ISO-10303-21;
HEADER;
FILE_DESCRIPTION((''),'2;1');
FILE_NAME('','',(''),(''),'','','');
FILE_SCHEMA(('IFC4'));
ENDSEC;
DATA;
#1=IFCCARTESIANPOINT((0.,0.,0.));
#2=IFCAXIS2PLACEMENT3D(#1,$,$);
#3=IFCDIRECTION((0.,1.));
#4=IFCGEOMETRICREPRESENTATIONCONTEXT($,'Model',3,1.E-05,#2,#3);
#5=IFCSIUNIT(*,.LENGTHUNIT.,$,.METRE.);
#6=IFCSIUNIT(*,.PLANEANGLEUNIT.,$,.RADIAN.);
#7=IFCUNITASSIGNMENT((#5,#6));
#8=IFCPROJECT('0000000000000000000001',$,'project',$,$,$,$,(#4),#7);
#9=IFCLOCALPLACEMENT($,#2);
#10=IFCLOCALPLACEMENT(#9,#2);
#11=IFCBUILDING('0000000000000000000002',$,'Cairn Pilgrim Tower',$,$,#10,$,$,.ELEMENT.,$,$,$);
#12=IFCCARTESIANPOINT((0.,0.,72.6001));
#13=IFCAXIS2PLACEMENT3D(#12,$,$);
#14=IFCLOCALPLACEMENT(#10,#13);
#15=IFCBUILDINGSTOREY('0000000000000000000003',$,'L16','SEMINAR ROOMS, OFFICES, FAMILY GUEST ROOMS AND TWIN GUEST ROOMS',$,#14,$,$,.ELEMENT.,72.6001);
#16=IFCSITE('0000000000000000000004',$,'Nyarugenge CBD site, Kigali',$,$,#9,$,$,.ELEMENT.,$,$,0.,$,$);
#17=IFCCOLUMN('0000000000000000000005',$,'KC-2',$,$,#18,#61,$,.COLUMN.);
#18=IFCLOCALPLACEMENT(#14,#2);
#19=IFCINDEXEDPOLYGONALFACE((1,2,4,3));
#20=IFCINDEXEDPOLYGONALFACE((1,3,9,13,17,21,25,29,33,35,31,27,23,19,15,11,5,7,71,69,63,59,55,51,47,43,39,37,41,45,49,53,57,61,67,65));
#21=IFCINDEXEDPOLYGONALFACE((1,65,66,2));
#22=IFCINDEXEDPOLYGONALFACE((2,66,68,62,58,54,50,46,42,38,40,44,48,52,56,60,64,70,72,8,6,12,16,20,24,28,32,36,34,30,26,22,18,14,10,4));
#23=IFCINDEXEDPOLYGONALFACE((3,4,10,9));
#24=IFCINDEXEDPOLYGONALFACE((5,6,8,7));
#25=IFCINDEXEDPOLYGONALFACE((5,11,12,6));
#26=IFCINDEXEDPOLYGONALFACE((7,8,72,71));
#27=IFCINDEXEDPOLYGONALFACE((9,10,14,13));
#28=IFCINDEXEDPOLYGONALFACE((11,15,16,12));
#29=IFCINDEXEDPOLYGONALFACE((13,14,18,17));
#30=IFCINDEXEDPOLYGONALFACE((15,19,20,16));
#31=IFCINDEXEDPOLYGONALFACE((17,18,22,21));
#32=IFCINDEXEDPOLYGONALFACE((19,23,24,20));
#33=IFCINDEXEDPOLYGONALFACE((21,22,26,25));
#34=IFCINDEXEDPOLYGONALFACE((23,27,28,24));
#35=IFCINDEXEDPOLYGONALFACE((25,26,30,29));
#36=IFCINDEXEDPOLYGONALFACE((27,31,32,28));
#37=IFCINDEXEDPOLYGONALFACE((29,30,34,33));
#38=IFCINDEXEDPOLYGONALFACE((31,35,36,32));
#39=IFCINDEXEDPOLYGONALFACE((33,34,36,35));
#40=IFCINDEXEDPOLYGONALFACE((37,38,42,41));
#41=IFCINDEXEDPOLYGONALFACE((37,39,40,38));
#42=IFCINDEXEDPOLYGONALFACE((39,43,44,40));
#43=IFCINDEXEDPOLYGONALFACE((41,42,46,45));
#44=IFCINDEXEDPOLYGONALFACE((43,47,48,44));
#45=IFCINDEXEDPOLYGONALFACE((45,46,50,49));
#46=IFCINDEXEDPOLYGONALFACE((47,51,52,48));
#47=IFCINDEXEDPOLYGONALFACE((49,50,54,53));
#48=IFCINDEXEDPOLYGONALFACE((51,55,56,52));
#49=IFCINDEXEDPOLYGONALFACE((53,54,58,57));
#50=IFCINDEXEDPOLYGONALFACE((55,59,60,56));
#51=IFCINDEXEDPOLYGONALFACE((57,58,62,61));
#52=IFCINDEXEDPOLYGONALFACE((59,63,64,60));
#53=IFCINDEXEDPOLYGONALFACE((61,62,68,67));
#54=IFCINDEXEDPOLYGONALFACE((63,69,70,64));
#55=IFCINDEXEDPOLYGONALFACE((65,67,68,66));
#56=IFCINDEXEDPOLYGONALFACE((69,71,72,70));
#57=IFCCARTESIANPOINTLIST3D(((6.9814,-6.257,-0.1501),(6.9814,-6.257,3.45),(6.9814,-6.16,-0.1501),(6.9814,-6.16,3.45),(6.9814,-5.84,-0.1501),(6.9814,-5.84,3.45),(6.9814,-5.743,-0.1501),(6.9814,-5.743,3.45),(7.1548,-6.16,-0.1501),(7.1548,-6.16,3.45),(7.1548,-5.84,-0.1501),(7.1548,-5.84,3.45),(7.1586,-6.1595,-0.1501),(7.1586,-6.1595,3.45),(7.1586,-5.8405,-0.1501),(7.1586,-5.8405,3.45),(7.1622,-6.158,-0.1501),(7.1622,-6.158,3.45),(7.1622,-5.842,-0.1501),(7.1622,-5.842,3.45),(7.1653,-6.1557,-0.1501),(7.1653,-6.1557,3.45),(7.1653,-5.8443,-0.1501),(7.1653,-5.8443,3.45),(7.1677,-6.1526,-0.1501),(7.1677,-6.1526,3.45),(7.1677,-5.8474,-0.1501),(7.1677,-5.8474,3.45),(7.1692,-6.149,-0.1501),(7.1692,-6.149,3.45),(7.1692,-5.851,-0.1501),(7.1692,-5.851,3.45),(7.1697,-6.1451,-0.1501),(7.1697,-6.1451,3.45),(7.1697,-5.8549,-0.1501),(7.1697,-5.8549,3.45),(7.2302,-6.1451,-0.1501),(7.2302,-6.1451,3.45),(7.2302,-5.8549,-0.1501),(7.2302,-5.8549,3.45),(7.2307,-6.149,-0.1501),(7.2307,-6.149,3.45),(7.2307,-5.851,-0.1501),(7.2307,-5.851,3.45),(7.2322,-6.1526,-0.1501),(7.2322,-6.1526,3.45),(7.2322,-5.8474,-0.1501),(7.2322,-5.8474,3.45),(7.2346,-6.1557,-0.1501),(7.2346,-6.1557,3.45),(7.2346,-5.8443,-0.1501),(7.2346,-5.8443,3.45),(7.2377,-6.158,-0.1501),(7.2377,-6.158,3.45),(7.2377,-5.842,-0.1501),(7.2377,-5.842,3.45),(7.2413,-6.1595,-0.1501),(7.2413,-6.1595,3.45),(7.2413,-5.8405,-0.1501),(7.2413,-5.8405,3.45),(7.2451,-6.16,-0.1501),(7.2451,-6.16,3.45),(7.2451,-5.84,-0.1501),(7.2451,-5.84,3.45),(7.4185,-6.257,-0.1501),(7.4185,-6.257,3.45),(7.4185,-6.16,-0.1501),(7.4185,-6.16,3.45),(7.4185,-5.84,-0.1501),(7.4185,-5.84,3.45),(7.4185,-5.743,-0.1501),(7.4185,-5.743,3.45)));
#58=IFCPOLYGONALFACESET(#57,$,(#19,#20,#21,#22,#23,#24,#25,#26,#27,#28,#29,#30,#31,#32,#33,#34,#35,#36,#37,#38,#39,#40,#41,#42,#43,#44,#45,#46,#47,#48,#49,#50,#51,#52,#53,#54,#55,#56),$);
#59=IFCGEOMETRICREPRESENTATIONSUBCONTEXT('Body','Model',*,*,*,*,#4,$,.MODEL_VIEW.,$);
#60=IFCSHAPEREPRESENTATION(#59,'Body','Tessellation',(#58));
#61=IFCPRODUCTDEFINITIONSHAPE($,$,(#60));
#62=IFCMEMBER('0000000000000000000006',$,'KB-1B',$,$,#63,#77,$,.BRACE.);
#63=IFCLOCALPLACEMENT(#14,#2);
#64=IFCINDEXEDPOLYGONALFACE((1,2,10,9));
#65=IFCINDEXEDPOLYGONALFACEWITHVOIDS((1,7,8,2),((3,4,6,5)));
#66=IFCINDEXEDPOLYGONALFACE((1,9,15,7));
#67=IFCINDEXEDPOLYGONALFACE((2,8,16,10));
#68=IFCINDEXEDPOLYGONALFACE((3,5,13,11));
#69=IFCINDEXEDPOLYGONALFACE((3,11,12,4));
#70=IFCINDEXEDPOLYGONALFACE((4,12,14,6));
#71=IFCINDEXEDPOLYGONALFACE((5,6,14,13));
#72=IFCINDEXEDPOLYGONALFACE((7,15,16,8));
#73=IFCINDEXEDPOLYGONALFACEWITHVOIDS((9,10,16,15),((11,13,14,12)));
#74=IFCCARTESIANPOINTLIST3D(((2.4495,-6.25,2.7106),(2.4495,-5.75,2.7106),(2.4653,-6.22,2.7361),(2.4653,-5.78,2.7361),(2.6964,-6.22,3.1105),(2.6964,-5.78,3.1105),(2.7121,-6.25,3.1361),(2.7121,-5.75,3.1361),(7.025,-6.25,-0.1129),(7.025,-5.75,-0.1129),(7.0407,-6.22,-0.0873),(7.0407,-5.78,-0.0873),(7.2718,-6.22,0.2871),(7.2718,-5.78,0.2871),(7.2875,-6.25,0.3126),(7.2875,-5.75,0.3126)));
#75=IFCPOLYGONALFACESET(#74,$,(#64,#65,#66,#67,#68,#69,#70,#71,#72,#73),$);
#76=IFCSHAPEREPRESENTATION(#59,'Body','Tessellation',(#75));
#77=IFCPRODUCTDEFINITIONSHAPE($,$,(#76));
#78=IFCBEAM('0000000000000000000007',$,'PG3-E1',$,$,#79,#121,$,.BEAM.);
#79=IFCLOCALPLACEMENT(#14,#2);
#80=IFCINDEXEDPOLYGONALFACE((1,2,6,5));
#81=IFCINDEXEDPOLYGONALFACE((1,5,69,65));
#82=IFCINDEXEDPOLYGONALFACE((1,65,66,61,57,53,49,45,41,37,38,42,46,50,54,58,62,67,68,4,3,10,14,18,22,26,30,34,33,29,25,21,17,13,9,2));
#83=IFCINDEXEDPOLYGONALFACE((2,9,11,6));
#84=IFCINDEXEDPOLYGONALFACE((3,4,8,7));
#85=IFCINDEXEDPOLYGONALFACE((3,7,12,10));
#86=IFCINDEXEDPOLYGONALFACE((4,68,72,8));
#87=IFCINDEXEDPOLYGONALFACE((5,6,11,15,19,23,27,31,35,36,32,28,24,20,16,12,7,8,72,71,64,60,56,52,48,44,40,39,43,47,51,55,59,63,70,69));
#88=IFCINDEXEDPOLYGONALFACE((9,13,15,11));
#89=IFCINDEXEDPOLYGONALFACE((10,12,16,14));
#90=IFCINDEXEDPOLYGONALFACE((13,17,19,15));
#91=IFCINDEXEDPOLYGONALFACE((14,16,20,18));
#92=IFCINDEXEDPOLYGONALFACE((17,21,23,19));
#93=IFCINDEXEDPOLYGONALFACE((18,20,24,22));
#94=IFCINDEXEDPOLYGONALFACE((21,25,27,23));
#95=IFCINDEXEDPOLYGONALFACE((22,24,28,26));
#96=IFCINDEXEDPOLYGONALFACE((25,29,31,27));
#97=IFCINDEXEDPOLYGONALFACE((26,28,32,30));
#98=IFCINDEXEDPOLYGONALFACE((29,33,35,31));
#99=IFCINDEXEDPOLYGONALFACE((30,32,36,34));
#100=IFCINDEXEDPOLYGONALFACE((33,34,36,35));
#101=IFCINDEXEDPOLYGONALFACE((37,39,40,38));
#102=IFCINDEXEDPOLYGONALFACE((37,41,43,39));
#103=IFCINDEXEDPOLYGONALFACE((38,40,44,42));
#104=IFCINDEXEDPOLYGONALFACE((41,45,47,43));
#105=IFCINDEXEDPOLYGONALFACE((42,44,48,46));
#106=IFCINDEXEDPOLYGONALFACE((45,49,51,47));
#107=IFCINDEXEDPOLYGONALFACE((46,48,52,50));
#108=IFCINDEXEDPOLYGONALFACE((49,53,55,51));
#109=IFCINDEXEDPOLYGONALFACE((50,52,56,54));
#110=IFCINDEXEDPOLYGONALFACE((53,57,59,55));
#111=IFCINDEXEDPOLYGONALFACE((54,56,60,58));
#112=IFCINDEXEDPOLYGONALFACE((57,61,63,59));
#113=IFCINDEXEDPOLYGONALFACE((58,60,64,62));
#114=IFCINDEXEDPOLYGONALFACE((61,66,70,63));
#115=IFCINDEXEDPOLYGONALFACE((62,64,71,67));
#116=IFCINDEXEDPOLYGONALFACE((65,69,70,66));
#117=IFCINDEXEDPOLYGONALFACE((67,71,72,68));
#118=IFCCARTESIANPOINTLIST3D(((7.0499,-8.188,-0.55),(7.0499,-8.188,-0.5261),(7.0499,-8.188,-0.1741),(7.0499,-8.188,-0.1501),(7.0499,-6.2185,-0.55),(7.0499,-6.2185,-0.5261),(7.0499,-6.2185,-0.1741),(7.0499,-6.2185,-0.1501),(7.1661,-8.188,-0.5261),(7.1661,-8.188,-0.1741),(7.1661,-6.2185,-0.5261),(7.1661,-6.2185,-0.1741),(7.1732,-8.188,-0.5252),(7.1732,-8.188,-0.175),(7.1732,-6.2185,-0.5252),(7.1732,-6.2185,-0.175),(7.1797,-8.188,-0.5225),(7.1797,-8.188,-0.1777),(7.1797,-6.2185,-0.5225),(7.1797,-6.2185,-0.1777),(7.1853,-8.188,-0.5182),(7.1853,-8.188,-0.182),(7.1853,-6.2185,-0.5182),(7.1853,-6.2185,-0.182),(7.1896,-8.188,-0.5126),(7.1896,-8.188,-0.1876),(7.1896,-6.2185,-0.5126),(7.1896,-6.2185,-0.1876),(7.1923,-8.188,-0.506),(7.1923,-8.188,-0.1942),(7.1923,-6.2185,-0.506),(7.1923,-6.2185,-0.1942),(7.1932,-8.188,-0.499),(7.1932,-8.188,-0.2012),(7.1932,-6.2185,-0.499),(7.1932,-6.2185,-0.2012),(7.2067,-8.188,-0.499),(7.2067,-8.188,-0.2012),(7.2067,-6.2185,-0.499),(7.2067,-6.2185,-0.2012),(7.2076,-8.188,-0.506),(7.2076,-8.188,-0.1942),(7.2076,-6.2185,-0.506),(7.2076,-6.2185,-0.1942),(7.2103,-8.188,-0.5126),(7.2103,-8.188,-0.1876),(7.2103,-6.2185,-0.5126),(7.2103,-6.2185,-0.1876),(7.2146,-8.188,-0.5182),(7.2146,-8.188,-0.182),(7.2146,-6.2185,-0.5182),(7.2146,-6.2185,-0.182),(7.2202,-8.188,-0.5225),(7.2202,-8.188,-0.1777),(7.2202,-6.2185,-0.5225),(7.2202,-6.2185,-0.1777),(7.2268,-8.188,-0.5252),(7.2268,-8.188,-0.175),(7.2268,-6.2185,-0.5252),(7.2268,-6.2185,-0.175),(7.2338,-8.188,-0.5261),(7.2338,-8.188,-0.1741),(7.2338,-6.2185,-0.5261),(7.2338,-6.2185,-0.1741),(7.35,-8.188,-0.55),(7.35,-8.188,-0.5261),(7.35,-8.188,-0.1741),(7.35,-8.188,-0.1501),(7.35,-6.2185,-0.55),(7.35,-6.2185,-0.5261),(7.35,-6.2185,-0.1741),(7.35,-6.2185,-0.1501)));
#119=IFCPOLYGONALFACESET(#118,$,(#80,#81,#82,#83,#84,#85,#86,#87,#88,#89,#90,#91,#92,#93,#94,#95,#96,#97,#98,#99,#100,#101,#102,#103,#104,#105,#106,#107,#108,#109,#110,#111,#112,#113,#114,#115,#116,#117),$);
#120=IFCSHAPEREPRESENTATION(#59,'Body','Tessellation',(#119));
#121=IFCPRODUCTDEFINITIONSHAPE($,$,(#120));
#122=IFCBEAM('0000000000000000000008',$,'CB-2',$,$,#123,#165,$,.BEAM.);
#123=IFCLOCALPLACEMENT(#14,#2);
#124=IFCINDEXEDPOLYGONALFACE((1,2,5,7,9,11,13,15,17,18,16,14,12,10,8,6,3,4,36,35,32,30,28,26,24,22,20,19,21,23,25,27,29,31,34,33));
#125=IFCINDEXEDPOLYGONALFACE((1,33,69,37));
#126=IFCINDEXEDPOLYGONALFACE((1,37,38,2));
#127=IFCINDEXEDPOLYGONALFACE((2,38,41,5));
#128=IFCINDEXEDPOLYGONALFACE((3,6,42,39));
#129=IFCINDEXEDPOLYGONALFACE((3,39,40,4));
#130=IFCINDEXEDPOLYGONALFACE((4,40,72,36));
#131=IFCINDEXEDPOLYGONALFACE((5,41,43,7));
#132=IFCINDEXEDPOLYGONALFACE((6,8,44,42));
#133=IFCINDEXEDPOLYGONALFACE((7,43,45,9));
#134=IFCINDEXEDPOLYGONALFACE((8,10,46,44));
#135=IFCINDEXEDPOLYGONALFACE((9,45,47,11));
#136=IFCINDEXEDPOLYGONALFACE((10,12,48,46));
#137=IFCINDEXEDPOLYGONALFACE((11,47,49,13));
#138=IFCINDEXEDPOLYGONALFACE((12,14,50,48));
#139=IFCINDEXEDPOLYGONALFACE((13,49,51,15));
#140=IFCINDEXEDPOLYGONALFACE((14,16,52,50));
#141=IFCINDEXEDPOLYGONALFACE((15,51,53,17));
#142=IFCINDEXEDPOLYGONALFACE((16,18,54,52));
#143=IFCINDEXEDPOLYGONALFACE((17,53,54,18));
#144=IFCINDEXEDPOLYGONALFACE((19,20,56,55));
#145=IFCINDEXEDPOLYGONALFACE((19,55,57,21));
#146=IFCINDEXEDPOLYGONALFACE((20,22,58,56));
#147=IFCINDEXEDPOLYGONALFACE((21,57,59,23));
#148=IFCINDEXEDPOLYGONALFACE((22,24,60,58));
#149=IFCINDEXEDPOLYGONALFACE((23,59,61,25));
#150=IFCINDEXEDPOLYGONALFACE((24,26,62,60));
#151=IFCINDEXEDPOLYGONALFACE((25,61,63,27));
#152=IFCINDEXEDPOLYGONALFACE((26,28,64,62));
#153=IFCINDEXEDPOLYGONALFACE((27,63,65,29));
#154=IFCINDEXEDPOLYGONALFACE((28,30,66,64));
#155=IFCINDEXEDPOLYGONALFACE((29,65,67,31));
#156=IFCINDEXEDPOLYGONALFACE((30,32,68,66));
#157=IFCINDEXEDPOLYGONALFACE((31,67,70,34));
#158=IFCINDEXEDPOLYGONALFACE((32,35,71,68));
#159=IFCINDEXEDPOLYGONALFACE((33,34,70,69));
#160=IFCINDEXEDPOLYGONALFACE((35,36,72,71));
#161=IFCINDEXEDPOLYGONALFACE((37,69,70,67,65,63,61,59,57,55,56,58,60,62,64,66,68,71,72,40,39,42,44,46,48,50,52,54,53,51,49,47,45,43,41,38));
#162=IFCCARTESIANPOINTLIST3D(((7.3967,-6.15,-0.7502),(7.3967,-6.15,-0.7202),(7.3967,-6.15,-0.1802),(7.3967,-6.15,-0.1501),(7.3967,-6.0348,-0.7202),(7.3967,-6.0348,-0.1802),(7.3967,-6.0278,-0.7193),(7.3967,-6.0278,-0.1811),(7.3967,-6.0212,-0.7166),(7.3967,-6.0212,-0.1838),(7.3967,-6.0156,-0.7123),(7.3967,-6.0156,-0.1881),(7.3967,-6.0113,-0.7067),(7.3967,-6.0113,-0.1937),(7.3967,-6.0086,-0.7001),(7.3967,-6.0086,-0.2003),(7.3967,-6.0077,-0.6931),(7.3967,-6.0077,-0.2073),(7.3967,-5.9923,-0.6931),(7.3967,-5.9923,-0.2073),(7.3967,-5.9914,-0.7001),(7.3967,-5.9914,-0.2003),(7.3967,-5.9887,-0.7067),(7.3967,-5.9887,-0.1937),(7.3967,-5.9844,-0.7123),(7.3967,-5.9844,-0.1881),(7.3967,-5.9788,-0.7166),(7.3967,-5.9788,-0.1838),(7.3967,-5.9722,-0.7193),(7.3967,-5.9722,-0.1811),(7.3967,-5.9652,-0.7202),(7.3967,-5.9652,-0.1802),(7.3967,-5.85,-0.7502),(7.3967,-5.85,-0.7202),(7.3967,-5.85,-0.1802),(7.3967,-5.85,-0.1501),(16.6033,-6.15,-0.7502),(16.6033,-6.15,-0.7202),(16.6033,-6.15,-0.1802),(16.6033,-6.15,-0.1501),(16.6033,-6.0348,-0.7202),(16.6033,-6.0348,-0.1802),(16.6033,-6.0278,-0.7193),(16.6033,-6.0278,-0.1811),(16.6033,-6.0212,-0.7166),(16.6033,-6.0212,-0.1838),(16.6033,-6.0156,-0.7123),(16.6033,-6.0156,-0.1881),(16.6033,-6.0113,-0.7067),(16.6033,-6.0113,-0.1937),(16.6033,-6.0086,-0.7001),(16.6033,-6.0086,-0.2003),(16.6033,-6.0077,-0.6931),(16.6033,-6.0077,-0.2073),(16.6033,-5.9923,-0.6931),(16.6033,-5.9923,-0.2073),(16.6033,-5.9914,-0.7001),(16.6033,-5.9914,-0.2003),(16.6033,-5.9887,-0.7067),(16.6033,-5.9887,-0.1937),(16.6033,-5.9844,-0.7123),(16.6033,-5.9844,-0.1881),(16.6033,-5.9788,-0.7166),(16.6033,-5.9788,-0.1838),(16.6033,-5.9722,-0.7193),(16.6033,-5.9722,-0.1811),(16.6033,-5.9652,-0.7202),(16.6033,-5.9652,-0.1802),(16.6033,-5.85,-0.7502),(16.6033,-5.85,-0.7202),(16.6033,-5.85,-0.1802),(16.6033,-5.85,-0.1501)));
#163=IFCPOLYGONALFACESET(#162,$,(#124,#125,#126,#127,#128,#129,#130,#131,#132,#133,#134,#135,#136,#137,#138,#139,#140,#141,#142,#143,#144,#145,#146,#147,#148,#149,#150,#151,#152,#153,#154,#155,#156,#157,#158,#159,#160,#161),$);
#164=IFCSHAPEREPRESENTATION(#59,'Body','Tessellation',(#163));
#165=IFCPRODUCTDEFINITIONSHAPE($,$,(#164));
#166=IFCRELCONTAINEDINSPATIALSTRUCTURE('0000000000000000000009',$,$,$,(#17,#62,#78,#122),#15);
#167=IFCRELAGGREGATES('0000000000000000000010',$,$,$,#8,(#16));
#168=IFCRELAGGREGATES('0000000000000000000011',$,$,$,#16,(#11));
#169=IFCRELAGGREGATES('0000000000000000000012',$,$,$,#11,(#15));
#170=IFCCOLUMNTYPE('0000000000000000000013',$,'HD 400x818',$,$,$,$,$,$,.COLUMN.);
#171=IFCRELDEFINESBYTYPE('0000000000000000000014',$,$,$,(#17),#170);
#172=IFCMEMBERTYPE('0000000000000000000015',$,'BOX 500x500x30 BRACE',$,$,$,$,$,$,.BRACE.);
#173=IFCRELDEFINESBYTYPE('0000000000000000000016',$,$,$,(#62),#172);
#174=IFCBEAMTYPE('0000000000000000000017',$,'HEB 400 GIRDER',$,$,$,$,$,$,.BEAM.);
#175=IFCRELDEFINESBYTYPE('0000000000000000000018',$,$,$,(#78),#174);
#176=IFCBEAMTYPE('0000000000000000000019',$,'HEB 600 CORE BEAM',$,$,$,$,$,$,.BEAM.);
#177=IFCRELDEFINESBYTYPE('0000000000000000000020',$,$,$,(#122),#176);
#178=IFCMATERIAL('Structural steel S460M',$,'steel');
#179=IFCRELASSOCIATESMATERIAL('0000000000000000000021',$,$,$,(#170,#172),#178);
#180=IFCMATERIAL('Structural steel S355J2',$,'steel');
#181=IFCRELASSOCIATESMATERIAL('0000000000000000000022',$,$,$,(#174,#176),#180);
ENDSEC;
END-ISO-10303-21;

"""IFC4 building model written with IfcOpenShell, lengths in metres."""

from ifc_helpers import new_model, si_unit, direction, frame, origin, origin_2d, place, context, subcontext, project, spatial, hollow_rectangle, i_section, extrude, material, material_profile, profile_set, type_object, element, save


model = new_model("IFC4")

# Units and contexts
model_context = context("Model", 3, precision=1e-05, world=origin(), true_north=direction((0.0, 1.0)))
body_context = subcontext(model_context, "Body", "Model", "MODEL_VIEW")
ifc_project = project(units=[si_unit("LENGTHUNIT", "METRE"), si_unit("PLANEANGLEUNIT", "RADIAN")], contexts=[model_context])

# Site, building, storey
site_placement = place(None, origin())
site = spatial("IfcSite", under=ifc_project, at=site_placement, Name="Nyarugenge CBD site, Kigali", CompositionType="ELEMENT", RefElevation=0.0)
building_placement = place(site_placement, origin())
building = spatial("IfcBuilding", under=site, at=building_placement, Name="Cairn Pilgrim Tower", CompositionType="ELEMENT")
storey_placement = place(building_placement, frame((0.0, 0.0, 72.6001)))
storey = spatial("IfcBuildingStorey", under=building, at=storey_placement, Name="L16", Description="SEMINAR ROOMS, OFFICES, FAMILY GUEST ROOMS AND TWIN GUEST ROOMS", CompositionType="ELEMENT", Elevation=72.6001)

# Column
ifc_material_1 = material(Name="Structural steel S460M", Category="steel")
ifc_material_profile_1 = material_profile(ifc_material_1, i_section(OverallWidth=0.437, OverallDepth=0.5139, WebThickness=0.0605, FlangeThickness=0.0969, FilletRadius=0.0149, at=origin_2d()), Name="HD 400x818")
ifc_profile_set_1 = profile_set([ifc_material_profile_1], Name="Structural steel S460M")
column_type = type_object("IfcColumnType", Name="HD 400x818", PredefinedType="COLUMN", material=ifc_profile_set_1)
column_placement = place(storey_placement, frame((7.2, -6.0, -0.1501), z_axis=(0.0, 0.0, 1.0), x_axis=(1.0, 0.0, 0.0)))
element("IfcColumn", 1, at=column_placement, inside=storey, type_object=column_type, Name="KC-2", PredefinedType="COLUMN", context=body_context, shape_type="SweptSolid", body=[
    extrude(i_section(OverallWidth=0.437, OverallDepth=0.5139, WebThickness=0.0605, FlangeThickness=0.0969, FilletRadius=0.0149, at=origin_2d()), origin(), (0.0, 0.0, 1.0), 3.6001),
])

# Member
ifc_material_profile_2 = material_profile(ifc_material_1, hollow_rectangle(XDim=0.5, YDim=0.5, WallThickness=0.03, at=origin_2d()), Name="BOX 500x500x30")
ifc_profile_set_2 = profile_set([ifc_material_profile_2], Name="Structural steel S460M")
member_type = type_object("IfcMemberType", Name="BOX 500x500x30 BRACE", PredefinedType="BRACE", material=ifc_profile_set_2)
member_placement = place(storey_placement, frame((7.1562, -6.0, 0.0999), z_axis=(-0.851008, 0.0, 0.525154), x_axis=(0.0, -1.0, 0.0)))
element("IfcMember", 2, at=member_placement, inside=storey, type_object=member_type, Name="KB-1B", PredefinedType="BRACE", context=body_context, shape_type="SweptSolid", body=[
    extrude(hollow_rectangle(XDim=0.5, YDim=0.5, WallThickness=0.03, at=origin_2d()), origin(), (0.0, 0.0, 1.0), 5.3765),
])

# Beams
ifc_material_2 = material(Name="Structural steel S355J2", Category="steel")
ifc_material_profile_3 = material_profile(ifc_material_2, i_section(OverallWidth=0.3, OverallDepth=0.3999, WebThickness=0.0134, FlangeThickness=0.0239, FilletRadius=0.0271, at=origin_2d()), Name="HEB 400")
ifc_profile_set_3 = profile_set([ifc_material_profile_3], Name="Structural steel S355J2")
beam_type_1 = type_object("IfcBeamType", Name="HEB 400 GIRDER", PredefinedType="BEAM", material=ifc_profile_set_3)
beam_1_placement = place(storey_placement, frame((7.2, -8.188, -0.3501), z_axis=(0.0, 1.0, 0.0), x_axis=(-1.0, 0.0, 0.0)))
element("IfcBeam", 3, at=beam_1_placement, inside=storey, type_object=beam_type_1, Name="PG3-E1", PredefinedType="BEAM", context=body_context, shape_type="SweptSolid", body=[
    extrude(i_section(OverallWidth=0.3, OverallDepth=0.3999, WebThickness=0.0134, FlangeThickness=0.0239, FilletRadius=0.0271, at=origin_2d()), origin(), (0.0, 0.0, 1.0), 1.9695),
])
ifc_material_profile_4 = material_profile(ifc_material_2, i_section(OverallWidth=0.3, OverallDepth=0.6001, WebThickness=0.0154, FlangeThickness=0.03, FilletRadius=0.0271, at=origin_2d()), Name="HEB 600")
ifc_profile_set_4 = profile_set([ifc_material_profile_4], Name="Structural steel S355J2")
beam_type_2 = type_object("IfcBeamType", Name="HEB 600 CORE BEAM", PredefinedType="BEAM", material=ifc_profile_set_4)
beam_2_placement = place(storey_placement, frame((7.3967, -6.0, -0.4502), z_axis=(1.0, 0.0, 0.0), x_axis=(0.0, 1.0, 0.0)))
element("IfcBeam", 4, at=beam_2_placement, inside=storey, type_object=beam_type_2, Name="CB-2", PredefinedType="BEAM", context=body_context, shape_type="SweptSolid", body=[
    extrude(i_section(OverallWidth=0.3, OverallDepth=0.6001, WebThickness=0.0154, FlangeThickness=0.03, FilletRadius=0.0271, at=origin_2d()), origin(), (0.0, 0.0, 1.0), 9.2065),
])

save(model, "model.ifc")
